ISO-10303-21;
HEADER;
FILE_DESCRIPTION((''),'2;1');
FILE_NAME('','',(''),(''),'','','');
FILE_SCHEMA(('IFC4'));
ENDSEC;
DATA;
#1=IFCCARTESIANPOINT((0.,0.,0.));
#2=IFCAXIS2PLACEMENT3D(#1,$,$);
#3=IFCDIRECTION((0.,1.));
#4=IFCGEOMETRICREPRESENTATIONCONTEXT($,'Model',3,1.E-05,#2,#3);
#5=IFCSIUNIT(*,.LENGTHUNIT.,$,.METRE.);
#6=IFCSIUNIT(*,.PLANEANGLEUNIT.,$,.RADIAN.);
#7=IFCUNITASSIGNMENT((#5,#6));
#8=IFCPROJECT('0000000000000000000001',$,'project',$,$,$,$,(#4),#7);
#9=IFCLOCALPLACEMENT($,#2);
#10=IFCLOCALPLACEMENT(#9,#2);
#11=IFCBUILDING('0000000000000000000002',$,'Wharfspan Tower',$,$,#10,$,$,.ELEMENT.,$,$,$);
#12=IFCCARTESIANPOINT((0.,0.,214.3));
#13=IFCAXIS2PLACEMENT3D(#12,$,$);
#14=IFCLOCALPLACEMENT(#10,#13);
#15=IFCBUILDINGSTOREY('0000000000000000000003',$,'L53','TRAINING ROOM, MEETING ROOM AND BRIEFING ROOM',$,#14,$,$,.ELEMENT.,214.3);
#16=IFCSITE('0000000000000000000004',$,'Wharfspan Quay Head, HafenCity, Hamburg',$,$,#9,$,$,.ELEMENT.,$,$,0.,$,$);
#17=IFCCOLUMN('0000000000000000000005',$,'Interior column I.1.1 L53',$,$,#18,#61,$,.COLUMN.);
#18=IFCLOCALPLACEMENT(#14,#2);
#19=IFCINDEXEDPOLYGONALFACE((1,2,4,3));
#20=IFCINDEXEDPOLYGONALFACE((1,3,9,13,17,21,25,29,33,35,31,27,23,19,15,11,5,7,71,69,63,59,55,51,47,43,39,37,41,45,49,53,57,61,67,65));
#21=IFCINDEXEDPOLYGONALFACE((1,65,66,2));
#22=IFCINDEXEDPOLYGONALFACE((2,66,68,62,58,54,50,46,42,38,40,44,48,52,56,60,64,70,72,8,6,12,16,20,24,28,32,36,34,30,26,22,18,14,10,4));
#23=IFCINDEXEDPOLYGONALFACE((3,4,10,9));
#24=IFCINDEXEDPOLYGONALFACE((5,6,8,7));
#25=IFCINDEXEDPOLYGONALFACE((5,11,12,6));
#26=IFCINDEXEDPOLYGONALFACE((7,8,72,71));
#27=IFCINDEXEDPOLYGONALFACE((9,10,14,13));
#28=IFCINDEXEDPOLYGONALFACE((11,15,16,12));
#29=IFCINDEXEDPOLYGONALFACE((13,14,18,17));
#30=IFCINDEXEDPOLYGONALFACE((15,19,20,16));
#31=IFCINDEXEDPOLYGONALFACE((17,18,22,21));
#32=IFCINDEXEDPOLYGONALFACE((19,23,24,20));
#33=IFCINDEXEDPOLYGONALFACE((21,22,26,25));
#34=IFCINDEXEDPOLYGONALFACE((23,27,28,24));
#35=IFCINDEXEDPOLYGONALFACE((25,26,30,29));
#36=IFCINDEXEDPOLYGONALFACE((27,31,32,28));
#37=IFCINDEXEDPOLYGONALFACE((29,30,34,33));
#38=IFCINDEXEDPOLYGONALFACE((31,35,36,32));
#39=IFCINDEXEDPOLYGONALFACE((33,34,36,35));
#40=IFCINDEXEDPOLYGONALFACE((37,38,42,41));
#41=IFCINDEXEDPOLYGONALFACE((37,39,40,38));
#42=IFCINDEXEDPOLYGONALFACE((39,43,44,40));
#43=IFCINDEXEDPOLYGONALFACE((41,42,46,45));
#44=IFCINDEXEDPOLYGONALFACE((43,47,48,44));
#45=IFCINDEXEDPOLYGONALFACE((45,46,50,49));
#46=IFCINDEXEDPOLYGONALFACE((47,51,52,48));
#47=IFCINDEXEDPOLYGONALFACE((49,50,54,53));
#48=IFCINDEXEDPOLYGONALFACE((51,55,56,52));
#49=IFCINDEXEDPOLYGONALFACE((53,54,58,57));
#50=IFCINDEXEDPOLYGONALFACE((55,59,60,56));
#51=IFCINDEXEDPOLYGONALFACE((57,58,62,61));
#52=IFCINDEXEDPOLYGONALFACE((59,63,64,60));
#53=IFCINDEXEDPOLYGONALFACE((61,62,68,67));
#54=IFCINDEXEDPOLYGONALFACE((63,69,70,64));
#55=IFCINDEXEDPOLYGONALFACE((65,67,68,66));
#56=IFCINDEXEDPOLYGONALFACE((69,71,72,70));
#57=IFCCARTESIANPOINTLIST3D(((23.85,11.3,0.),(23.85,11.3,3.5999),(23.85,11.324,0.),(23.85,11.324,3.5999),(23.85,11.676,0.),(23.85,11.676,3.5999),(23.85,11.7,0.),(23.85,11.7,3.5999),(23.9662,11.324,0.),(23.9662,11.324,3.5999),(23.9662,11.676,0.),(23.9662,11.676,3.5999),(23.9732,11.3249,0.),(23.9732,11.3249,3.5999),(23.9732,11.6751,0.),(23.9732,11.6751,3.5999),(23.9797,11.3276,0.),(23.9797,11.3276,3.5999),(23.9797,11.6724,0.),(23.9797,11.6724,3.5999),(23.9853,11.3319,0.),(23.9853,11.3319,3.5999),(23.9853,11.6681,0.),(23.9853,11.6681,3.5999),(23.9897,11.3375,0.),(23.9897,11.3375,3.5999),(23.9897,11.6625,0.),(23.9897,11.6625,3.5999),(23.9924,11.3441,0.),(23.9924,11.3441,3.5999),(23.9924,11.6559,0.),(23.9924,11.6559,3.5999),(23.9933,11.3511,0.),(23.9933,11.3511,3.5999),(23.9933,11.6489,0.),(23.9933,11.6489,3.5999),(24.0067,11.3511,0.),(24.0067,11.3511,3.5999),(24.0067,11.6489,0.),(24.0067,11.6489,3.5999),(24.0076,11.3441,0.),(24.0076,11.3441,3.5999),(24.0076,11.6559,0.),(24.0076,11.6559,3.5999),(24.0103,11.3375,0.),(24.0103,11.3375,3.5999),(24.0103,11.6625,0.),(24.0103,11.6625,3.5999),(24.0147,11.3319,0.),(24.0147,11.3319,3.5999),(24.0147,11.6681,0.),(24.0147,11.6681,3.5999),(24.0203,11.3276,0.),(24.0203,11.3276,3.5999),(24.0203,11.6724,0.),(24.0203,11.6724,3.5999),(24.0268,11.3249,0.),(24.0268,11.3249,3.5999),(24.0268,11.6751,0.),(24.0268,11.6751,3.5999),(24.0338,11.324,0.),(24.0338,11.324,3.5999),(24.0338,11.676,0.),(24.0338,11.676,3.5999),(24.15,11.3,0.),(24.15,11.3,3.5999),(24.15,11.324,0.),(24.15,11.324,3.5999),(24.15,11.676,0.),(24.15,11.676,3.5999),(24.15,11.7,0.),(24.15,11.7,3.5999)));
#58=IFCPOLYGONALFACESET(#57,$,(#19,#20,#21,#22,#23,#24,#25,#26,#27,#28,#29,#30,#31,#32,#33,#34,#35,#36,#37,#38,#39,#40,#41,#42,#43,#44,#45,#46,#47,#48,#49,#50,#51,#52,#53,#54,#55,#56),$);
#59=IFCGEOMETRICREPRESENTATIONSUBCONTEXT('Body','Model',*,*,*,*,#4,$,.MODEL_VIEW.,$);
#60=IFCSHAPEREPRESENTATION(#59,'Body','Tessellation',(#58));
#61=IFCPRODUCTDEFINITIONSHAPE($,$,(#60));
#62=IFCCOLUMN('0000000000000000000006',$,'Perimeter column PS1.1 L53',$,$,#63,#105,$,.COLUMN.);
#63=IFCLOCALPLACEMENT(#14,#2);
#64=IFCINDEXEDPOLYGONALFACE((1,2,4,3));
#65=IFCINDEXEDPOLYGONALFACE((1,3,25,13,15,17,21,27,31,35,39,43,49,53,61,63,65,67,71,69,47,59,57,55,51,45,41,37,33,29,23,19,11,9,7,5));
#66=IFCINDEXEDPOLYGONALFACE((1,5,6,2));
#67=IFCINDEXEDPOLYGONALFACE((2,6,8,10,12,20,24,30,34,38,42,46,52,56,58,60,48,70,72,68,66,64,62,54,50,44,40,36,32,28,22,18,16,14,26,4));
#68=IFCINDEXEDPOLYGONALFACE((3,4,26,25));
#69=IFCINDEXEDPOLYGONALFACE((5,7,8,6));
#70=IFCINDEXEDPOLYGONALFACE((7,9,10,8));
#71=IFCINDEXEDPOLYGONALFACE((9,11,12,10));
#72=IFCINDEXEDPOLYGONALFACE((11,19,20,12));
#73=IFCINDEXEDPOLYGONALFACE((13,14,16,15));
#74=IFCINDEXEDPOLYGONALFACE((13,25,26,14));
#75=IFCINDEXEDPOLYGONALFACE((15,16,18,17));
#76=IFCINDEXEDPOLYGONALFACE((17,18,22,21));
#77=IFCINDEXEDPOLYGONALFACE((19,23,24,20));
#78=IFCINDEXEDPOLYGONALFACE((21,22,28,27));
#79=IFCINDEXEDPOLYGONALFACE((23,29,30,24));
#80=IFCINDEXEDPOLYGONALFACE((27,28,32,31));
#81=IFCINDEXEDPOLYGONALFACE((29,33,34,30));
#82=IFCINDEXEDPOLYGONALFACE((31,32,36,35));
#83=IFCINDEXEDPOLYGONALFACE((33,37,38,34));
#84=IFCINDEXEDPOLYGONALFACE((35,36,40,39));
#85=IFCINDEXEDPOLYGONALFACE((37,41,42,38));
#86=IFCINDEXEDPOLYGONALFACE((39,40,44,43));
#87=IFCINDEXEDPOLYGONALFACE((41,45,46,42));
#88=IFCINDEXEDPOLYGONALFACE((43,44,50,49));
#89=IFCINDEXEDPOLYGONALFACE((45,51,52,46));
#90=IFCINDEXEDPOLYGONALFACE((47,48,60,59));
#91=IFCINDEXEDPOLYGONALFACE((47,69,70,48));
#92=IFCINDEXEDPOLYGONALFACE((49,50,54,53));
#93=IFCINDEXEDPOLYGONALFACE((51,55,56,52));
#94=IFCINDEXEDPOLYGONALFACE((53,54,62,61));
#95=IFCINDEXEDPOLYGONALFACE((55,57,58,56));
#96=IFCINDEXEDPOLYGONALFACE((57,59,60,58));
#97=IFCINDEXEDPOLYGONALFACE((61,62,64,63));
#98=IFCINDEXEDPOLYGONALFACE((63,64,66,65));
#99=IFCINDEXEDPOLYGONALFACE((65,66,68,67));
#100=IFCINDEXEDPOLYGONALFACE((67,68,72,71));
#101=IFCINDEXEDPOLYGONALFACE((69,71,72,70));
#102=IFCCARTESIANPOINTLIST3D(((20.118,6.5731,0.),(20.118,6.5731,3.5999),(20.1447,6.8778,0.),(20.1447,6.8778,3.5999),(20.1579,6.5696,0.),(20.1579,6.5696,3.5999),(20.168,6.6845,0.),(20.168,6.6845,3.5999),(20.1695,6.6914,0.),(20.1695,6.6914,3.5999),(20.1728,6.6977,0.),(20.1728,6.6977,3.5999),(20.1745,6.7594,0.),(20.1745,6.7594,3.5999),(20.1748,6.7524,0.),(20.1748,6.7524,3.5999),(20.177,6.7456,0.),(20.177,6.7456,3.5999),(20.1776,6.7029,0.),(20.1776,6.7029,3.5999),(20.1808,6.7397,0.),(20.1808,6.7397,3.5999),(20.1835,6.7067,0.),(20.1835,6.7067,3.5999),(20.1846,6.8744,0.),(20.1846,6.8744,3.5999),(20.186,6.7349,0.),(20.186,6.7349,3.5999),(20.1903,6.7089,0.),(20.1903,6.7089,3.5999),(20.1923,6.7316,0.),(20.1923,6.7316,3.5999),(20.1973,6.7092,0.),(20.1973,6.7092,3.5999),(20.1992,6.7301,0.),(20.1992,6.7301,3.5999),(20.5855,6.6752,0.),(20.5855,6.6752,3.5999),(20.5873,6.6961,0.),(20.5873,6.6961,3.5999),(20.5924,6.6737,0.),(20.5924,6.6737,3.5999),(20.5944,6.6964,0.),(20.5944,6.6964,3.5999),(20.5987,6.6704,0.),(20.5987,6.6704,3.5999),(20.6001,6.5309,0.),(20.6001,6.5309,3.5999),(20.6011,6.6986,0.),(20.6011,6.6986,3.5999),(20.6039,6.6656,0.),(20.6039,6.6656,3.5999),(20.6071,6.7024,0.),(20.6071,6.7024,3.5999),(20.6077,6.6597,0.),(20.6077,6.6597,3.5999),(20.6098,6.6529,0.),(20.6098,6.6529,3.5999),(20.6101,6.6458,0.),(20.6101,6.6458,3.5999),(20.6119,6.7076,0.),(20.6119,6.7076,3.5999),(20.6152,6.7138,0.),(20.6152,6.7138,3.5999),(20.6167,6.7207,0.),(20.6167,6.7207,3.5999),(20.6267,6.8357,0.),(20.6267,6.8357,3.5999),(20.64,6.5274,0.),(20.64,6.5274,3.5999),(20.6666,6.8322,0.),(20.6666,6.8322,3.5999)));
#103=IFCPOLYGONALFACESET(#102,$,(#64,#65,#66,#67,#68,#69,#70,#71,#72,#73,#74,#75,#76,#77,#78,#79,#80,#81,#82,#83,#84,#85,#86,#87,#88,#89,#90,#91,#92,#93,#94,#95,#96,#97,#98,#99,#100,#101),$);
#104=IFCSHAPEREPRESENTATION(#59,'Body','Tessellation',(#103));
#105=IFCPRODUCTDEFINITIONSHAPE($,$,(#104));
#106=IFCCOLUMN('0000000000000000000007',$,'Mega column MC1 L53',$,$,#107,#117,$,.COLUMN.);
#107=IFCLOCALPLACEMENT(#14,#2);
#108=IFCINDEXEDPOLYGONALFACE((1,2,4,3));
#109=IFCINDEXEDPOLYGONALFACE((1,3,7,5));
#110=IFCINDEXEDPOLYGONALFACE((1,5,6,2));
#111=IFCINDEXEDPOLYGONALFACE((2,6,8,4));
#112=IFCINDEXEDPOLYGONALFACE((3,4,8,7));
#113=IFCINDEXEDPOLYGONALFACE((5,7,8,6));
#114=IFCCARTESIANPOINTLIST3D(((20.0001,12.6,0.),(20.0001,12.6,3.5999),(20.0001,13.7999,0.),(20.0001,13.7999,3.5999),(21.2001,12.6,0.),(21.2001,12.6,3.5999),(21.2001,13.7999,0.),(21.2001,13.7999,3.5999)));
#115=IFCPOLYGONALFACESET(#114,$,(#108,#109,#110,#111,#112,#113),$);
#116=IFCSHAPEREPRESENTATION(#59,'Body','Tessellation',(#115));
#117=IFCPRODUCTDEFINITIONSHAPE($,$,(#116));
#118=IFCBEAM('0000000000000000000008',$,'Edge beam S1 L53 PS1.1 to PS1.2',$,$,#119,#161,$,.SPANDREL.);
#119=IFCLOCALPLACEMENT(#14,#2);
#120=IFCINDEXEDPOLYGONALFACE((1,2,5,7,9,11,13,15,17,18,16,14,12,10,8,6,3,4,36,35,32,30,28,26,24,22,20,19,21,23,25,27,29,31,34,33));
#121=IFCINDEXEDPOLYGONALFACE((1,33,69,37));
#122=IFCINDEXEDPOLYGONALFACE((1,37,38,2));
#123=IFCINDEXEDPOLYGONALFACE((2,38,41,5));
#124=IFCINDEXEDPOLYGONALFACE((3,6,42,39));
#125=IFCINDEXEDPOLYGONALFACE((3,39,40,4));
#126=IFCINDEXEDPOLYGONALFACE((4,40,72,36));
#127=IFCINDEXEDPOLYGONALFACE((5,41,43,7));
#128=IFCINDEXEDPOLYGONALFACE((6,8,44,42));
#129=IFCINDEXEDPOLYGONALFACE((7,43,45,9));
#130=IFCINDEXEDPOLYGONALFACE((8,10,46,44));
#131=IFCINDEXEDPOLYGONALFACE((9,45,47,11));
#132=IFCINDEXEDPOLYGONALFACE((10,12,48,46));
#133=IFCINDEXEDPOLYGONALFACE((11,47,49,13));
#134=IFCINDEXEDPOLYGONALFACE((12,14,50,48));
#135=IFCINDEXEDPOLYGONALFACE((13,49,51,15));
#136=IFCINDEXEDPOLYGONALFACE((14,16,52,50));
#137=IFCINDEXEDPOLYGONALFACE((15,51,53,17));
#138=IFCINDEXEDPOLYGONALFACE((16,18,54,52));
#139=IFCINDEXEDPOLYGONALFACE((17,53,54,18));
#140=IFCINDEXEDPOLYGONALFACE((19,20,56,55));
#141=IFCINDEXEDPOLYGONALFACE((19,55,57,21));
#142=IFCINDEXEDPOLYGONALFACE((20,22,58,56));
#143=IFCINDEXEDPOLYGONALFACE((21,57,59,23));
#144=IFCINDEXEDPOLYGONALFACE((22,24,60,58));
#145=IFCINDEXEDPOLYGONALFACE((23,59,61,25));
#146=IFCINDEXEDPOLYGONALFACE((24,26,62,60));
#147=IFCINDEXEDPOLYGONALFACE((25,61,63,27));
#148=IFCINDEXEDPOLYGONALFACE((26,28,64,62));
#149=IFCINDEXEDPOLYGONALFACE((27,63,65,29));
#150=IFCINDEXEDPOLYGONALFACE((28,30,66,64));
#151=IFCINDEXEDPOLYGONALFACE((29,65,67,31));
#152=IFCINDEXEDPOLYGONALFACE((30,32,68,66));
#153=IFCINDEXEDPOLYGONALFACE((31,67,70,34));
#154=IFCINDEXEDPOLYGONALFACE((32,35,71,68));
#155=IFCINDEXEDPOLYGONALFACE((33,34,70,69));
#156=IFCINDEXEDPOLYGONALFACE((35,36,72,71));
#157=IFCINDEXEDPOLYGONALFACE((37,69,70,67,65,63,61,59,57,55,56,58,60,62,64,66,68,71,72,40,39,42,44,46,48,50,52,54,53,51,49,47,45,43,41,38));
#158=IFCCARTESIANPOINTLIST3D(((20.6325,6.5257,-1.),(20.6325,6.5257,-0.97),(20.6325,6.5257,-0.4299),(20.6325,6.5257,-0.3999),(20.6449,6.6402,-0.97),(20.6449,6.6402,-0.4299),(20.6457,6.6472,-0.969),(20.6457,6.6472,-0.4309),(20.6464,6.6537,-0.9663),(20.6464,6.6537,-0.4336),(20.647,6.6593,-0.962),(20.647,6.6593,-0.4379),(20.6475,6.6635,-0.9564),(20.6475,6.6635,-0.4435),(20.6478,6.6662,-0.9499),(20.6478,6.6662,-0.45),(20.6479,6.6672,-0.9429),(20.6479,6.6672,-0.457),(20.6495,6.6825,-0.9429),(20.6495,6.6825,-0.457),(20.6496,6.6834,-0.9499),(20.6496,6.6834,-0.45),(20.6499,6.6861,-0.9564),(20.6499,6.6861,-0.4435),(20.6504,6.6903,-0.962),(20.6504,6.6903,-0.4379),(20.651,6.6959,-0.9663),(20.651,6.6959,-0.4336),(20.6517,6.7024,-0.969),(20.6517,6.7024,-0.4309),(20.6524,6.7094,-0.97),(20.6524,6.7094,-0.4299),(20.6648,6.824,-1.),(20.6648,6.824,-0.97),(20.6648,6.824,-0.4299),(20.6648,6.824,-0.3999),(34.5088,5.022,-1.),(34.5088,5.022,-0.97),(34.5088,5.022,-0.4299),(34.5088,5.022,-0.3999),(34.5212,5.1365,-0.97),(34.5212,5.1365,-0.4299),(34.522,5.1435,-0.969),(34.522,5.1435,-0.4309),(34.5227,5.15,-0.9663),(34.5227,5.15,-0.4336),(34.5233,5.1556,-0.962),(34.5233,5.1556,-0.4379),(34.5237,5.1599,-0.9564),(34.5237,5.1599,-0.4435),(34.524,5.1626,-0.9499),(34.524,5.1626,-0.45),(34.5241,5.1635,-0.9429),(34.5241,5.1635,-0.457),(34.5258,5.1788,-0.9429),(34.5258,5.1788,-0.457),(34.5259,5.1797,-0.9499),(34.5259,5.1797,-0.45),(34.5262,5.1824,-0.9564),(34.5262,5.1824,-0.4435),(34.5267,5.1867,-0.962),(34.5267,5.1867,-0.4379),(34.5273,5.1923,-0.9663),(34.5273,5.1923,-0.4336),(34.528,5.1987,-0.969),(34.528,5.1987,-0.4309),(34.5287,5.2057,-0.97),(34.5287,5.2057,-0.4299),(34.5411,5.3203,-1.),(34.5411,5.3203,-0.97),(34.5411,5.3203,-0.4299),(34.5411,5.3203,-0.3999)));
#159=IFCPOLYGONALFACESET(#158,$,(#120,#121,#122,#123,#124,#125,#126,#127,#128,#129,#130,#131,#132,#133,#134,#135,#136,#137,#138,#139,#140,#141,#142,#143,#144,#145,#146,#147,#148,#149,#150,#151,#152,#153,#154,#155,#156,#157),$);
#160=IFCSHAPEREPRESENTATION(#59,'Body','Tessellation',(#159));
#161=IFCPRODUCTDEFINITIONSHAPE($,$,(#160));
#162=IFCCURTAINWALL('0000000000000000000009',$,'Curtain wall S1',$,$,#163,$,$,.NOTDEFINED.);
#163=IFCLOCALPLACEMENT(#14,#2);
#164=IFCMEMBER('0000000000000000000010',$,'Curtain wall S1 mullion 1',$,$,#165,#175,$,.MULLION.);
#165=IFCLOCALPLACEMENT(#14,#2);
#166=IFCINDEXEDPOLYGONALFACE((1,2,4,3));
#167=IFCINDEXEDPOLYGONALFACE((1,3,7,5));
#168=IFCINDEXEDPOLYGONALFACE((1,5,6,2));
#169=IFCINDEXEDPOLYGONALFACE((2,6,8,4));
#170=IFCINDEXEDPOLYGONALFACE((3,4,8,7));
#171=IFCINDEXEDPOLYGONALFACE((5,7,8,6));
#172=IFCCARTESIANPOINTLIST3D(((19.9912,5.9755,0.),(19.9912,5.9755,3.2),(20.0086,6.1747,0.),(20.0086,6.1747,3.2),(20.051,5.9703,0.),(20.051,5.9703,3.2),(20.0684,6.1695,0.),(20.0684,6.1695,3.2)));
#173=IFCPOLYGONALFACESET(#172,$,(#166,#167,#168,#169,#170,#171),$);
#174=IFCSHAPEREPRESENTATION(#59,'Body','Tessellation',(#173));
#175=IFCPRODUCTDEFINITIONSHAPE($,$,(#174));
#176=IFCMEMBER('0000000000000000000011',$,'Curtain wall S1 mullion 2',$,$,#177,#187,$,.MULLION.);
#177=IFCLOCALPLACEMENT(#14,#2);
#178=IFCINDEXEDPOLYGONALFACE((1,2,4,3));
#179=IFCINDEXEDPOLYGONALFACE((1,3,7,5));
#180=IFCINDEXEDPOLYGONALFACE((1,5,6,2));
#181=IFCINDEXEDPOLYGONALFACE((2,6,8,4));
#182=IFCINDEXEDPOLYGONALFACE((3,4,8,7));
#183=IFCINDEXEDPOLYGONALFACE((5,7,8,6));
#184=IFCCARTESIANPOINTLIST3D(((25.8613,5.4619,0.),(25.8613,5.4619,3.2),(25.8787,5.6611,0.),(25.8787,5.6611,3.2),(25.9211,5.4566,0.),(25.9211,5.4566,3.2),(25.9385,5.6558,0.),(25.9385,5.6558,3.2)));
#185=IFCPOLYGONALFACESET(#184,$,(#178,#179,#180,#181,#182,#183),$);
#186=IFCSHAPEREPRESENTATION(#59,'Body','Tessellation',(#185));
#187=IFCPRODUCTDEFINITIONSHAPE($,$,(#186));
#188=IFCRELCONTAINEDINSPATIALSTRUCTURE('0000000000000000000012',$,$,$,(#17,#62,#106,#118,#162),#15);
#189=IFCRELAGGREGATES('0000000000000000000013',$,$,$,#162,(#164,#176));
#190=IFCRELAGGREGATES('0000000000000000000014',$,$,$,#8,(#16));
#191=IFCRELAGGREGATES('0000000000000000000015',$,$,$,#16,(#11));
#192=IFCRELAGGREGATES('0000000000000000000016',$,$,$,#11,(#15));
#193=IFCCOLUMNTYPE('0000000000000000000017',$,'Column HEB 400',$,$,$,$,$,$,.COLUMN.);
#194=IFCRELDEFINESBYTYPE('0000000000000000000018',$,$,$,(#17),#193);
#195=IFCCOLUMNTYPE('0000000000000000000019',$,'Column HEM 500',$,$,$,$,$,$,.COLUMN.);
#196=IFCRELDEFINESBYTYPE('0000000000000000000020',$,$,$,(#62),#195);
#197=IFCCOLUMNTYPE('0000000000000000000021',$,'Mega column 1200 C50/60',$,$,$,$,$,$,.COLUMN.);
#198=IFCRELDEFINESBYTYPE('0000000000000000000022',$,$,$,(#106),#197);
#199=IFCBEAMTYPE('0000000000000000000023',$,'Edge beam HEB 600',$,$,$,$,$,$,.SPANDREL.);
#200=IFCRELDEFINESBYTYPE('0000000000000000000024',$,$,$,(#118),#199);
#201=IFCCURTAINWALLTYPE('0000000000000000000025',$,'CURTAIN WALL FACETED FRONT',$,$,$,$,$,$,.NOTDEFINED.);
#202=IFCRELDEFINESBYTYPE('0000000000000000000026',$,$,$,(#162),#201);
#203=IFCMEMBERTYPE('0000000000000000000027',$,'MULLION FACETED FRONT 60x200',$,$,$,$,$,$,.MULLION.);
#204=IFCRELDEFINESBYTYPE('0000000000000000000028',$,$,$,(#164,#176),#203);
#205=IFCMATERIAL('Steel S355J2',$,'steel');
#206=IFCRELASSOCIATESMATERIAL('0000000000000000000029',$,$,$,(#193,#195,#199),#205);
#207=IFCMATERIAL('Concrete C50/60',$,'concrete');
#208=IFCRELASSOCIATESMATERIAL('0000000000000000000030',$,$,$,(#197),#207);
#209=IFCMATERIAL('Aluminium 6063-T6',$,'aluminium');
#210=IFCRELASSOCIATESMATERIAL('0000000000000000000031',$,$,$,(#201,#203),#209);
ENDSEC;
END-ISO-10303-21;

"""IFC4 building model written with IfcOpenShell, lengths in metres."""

from ifc_helpers import new_model, si_unit, direction, frame, origin, origin_2d, place, context, subcontext, project, spatial, rectangle, i_section, extrude, material, material_profile, profile_set, type_object, element, aggregate, save


model = new_model("IFC4")

# Units and contexts
model_context = context("Model", 3, precision=1e-05, world=origin(), true_north=direction((0.0, 1.0)))
body_context = subcontext(model_context, "Body", "Model", "MODEL_VIEW")
ifc_project = project(units=[si_unit("LENGTHUNIT", "METRE"), si_unit("PLANEANGLEUNIT", "RADIAN")], contexts=[model_context])

# Site, building, storey
site_placement = place(None, origin())
site = spatial("IfcSite", under=ifc_project, at=site_placement, Name="Wharfspan Quay Head, HafenCity, Hamburg", CompositionType="ELEMENT", RefElevation=0.0)
building_placement = place(site_placement, origin())
building = spatial("IfcBuilding", under=site, at=building_placement, Name="Wharfspan Tower", CompositionType="ELEMENT")
storey_placement = place(building_placement, frame((0.0, 0.0, 214.3)))
storey = spatial("IfcBuildingStorey", under=building, at=storey_placement, Name="L53", Description="TRAINING ROOM, MEETING ROOM AND BRIEFING ROOM", CompositionType="ELEMENT", Elevation=214.3)

# Columns
ifc_material_1 = material(Name="Steel S355J2", Category="steel")
ifc_material_profile_1 = material_profile(ifc_material_1, i_section(OverallWidth=0.3, OverallDepth=0.3999, WebThickness=0.0134, FlangeThickness=0.0239, FilletRadius=0.0271, at=origin_2d()))
ifc_profile_set_1 = profile_set([ifc_material_profile_1], Name="Steel S355J2")
column_type_1 = type_object("IfcColumnType", Name="Column HEB 400", PredefinedType="COLUMN", material=ifc_profile_set_1)
column_1_placement = place(storey_placement, frame((24.0, 11.5, 0.0), z_axis=(0.0, 0.0, 1.0), x_axis=(1.0, 0.0, 0.0)))
element("IfcColumn", 1, at=column_1_placement, inside=storey, type_object=column_type_1, Name="Interior column I.1.1 L53", PredefinedType="COLUMN", context=body_context, shape_type="SweptSolid", body=[
    extrude(i_section(OverallWidth=0.3, OverallDepth=0.3999, WebThickness=0.0134, FlangeThickness=0.0239, FilletRadius=0.0271, at=origin_2d()), origin(), (0.0, 0.0, 1.0), 3.5999),
])
ifc_material_profile_2 = material_profile(ifc_material_1, i_section(OverallWidth=0.3059, OverallDepth=0.5239, WebThickness=0.021, FlangeThickness=0.04, FilletRadius=0.0271, at=origin_2d()))
ifc_profile_set_2 = profile_set([ifc_material_profile_2], Name="Steel S355J2")
column_type_2 = type_object("IfcColumnType", Name="Column HEM 500", PredefinedType="COLUMN", material=ifc_profile_set_2)
column_2_placement = place(storey_placement, frame((20.3923, 6.7026, 0.0), z_axis=(0.0, 0.0, 1.0), x_axis=(-0.087156, -0.996197, 0.0)))
element("IfcColumn", 2, at=column_2_placement, inside=storey, type_object=column_type_2, Name="Perimeter column PS1.1 L53", PredefinedType="COLUMN", context=body_context, shape_type="SweptSolid", body=[
    extrude(i_section(OverallWidth=0.3059, OverallDepth=0.5239, WebThickness=0.021, FlangeThickness=0.04, FilletRadius=0.0271, at=origin_2d()), origin(), (0.0, 0.0, 1.0), 3.5999),
])
ifc_material_2 = material(Name="Concrete C50/60", Category="concrete")
ifc_material_profile_3 = material_profile(ifc_material_2, rectangle(XDim=1.2, YDim=1.2, at=origin_2d()))
ifc_profile_set_3 = profile_set([ifc_material_profile_3], Name="Concrete C50/60")
column_type_3 = type_object("IfcColumnType", Name="Mega column 1200 C50/60", PredefinedType="COLUMN", material=ifc_profile_set_3)
column_3_placement = place(storey_placement, frame((20.6001, 13.2, 0.0), z_axis=(0.0, 0.0, 1.0), x_axis=(1.0, 0.0, 0.0)))
element("IfcColumn", 3, at=column_3_placement, inside=storey, type_object=column_type_3, Name="Mega column MC1 L53", PredefinedType="COLUMN", context=body_context, shape_type="SweptSolid", body=[
    extrude(rectangle(XDim=1.2, YDim=1.2, at=origin_2d()), origin(), (0.0, 0.0, 1.0), 3.5999),
])

# Beam
ifc_material_profile_4 = material_profile(ifc_material_1, i_section(OverallWidth=0.3, OverallDepth=0.6001, WebThickness=0.0154, FlangeThickness=0.03, FilletRadius=0.0271, at=origin_2d()))
ifc_profile_set_4 = profile_set([ifc_material_profile_4], Name="Steel S355J2")
beam_type = type_object("IfcBeamType", Name="Edge beam HEB 600", PredefinedType="SPANDREL", material=ifc_profile_set_4)
beam_placement = place(storey_placement, frame((20.6487, 6.6748, -0.7), z_axis=(0.99418, -0.107732, 0.0), x_axis=(0.107732, 0.99418, 0.0)))
element("IfcBeam", 4, at=beam_placement, inside=storey, type_object=beam_type, Name="Edge beam S1 L53 PS1.1 to PS1.2", PredefinedType="SPANDREL", context=body_context, shape_type="SweptSolid", body=[
    extrude(i_section(OverallWidth=0.3, OverallDepth=0.6001, WebThickness=0.0154, FlangeThickness=0.03, FilletRadius=0.0271, at=origin_2d()), origin(), (0.0, 0.0, 1.0), 13.9575),
])

# Curtain wall, members
ifc_material_3 = material(Name="Aluminium 6063-T6", Category="aluminium")
curtain_wall_type_1 = type_object("IfcCurtainWallType", Name="CURTAIN WALL FACETED FRONT", PredefinedType="NOTDEFINED", material=ifc_material_3)
curtain_wall_1_placement = place(storey_placement, origin())
curtain_wall_1 = element("IfcCurtainWall", 5, at=curtain_wall_1_placement, inside=storey, type_object=curtain_wall_type_1, Name="Curtain wall S1", PredefinedType="NOTDEFINED")
ifc_material_profile_5 = material_profile(ifc_material_3, rectangle(XDim=0.2, YDim=0.0601, at=origin_2d()))
ifc_profile_set_5 = profile_set([ifc_material_profile_5], Name="Aluminium 6063-T6")
member_type_1 = type_object("IfcMemberType", Name="MULLION FACETED FRONT 60x200", PredefinedType="MULLION", material=ifc_profile_set_5)
member_1_placement = place(storey_placement, frame((20.0298, 6.0725, 0.0), z_axis=(0.0, 0.0, 1.0), x_axis=(0.087156, 0.996197, 0.0)))
member_1 = element("IfcMember", 6, at=member_1_placement, type_object=member_type_1, Name="Curtain wall S1 mullion 1", PredefinedType="MULLION", context=body_context, shape_type="SweptSolid", body=[
    extrude(rectangle(XDim=0.2, YDim=0.0601, at=origin_2d()), origin(), (0.0, 0.0, 1.0), 3.2),
])
member_2_placement = place(storey_placement, frame((25.8999, 5.5588, 0.0), z_axis=(0.0, 0.0, 1.0), x_axis=(0.087156, 0.996197, 0.0)))
member_2 = element("IfcMember", 7, at=member_2_placement, type_object=member_type_1, Name="Curtain wall S1 mullion 2", PredefinedType="MULLION", context=body_context, shape_type="SweptSolid", body=[
    extrude(rectangle(XDim=0.2, YDim=0.0601, at=origin_2d()), origin(), (0.0, 0.0, 1.0), 3.2),
])

aggregate(curtain_wall_1, [member_1, member_2])

save(model, "model.ifc")
